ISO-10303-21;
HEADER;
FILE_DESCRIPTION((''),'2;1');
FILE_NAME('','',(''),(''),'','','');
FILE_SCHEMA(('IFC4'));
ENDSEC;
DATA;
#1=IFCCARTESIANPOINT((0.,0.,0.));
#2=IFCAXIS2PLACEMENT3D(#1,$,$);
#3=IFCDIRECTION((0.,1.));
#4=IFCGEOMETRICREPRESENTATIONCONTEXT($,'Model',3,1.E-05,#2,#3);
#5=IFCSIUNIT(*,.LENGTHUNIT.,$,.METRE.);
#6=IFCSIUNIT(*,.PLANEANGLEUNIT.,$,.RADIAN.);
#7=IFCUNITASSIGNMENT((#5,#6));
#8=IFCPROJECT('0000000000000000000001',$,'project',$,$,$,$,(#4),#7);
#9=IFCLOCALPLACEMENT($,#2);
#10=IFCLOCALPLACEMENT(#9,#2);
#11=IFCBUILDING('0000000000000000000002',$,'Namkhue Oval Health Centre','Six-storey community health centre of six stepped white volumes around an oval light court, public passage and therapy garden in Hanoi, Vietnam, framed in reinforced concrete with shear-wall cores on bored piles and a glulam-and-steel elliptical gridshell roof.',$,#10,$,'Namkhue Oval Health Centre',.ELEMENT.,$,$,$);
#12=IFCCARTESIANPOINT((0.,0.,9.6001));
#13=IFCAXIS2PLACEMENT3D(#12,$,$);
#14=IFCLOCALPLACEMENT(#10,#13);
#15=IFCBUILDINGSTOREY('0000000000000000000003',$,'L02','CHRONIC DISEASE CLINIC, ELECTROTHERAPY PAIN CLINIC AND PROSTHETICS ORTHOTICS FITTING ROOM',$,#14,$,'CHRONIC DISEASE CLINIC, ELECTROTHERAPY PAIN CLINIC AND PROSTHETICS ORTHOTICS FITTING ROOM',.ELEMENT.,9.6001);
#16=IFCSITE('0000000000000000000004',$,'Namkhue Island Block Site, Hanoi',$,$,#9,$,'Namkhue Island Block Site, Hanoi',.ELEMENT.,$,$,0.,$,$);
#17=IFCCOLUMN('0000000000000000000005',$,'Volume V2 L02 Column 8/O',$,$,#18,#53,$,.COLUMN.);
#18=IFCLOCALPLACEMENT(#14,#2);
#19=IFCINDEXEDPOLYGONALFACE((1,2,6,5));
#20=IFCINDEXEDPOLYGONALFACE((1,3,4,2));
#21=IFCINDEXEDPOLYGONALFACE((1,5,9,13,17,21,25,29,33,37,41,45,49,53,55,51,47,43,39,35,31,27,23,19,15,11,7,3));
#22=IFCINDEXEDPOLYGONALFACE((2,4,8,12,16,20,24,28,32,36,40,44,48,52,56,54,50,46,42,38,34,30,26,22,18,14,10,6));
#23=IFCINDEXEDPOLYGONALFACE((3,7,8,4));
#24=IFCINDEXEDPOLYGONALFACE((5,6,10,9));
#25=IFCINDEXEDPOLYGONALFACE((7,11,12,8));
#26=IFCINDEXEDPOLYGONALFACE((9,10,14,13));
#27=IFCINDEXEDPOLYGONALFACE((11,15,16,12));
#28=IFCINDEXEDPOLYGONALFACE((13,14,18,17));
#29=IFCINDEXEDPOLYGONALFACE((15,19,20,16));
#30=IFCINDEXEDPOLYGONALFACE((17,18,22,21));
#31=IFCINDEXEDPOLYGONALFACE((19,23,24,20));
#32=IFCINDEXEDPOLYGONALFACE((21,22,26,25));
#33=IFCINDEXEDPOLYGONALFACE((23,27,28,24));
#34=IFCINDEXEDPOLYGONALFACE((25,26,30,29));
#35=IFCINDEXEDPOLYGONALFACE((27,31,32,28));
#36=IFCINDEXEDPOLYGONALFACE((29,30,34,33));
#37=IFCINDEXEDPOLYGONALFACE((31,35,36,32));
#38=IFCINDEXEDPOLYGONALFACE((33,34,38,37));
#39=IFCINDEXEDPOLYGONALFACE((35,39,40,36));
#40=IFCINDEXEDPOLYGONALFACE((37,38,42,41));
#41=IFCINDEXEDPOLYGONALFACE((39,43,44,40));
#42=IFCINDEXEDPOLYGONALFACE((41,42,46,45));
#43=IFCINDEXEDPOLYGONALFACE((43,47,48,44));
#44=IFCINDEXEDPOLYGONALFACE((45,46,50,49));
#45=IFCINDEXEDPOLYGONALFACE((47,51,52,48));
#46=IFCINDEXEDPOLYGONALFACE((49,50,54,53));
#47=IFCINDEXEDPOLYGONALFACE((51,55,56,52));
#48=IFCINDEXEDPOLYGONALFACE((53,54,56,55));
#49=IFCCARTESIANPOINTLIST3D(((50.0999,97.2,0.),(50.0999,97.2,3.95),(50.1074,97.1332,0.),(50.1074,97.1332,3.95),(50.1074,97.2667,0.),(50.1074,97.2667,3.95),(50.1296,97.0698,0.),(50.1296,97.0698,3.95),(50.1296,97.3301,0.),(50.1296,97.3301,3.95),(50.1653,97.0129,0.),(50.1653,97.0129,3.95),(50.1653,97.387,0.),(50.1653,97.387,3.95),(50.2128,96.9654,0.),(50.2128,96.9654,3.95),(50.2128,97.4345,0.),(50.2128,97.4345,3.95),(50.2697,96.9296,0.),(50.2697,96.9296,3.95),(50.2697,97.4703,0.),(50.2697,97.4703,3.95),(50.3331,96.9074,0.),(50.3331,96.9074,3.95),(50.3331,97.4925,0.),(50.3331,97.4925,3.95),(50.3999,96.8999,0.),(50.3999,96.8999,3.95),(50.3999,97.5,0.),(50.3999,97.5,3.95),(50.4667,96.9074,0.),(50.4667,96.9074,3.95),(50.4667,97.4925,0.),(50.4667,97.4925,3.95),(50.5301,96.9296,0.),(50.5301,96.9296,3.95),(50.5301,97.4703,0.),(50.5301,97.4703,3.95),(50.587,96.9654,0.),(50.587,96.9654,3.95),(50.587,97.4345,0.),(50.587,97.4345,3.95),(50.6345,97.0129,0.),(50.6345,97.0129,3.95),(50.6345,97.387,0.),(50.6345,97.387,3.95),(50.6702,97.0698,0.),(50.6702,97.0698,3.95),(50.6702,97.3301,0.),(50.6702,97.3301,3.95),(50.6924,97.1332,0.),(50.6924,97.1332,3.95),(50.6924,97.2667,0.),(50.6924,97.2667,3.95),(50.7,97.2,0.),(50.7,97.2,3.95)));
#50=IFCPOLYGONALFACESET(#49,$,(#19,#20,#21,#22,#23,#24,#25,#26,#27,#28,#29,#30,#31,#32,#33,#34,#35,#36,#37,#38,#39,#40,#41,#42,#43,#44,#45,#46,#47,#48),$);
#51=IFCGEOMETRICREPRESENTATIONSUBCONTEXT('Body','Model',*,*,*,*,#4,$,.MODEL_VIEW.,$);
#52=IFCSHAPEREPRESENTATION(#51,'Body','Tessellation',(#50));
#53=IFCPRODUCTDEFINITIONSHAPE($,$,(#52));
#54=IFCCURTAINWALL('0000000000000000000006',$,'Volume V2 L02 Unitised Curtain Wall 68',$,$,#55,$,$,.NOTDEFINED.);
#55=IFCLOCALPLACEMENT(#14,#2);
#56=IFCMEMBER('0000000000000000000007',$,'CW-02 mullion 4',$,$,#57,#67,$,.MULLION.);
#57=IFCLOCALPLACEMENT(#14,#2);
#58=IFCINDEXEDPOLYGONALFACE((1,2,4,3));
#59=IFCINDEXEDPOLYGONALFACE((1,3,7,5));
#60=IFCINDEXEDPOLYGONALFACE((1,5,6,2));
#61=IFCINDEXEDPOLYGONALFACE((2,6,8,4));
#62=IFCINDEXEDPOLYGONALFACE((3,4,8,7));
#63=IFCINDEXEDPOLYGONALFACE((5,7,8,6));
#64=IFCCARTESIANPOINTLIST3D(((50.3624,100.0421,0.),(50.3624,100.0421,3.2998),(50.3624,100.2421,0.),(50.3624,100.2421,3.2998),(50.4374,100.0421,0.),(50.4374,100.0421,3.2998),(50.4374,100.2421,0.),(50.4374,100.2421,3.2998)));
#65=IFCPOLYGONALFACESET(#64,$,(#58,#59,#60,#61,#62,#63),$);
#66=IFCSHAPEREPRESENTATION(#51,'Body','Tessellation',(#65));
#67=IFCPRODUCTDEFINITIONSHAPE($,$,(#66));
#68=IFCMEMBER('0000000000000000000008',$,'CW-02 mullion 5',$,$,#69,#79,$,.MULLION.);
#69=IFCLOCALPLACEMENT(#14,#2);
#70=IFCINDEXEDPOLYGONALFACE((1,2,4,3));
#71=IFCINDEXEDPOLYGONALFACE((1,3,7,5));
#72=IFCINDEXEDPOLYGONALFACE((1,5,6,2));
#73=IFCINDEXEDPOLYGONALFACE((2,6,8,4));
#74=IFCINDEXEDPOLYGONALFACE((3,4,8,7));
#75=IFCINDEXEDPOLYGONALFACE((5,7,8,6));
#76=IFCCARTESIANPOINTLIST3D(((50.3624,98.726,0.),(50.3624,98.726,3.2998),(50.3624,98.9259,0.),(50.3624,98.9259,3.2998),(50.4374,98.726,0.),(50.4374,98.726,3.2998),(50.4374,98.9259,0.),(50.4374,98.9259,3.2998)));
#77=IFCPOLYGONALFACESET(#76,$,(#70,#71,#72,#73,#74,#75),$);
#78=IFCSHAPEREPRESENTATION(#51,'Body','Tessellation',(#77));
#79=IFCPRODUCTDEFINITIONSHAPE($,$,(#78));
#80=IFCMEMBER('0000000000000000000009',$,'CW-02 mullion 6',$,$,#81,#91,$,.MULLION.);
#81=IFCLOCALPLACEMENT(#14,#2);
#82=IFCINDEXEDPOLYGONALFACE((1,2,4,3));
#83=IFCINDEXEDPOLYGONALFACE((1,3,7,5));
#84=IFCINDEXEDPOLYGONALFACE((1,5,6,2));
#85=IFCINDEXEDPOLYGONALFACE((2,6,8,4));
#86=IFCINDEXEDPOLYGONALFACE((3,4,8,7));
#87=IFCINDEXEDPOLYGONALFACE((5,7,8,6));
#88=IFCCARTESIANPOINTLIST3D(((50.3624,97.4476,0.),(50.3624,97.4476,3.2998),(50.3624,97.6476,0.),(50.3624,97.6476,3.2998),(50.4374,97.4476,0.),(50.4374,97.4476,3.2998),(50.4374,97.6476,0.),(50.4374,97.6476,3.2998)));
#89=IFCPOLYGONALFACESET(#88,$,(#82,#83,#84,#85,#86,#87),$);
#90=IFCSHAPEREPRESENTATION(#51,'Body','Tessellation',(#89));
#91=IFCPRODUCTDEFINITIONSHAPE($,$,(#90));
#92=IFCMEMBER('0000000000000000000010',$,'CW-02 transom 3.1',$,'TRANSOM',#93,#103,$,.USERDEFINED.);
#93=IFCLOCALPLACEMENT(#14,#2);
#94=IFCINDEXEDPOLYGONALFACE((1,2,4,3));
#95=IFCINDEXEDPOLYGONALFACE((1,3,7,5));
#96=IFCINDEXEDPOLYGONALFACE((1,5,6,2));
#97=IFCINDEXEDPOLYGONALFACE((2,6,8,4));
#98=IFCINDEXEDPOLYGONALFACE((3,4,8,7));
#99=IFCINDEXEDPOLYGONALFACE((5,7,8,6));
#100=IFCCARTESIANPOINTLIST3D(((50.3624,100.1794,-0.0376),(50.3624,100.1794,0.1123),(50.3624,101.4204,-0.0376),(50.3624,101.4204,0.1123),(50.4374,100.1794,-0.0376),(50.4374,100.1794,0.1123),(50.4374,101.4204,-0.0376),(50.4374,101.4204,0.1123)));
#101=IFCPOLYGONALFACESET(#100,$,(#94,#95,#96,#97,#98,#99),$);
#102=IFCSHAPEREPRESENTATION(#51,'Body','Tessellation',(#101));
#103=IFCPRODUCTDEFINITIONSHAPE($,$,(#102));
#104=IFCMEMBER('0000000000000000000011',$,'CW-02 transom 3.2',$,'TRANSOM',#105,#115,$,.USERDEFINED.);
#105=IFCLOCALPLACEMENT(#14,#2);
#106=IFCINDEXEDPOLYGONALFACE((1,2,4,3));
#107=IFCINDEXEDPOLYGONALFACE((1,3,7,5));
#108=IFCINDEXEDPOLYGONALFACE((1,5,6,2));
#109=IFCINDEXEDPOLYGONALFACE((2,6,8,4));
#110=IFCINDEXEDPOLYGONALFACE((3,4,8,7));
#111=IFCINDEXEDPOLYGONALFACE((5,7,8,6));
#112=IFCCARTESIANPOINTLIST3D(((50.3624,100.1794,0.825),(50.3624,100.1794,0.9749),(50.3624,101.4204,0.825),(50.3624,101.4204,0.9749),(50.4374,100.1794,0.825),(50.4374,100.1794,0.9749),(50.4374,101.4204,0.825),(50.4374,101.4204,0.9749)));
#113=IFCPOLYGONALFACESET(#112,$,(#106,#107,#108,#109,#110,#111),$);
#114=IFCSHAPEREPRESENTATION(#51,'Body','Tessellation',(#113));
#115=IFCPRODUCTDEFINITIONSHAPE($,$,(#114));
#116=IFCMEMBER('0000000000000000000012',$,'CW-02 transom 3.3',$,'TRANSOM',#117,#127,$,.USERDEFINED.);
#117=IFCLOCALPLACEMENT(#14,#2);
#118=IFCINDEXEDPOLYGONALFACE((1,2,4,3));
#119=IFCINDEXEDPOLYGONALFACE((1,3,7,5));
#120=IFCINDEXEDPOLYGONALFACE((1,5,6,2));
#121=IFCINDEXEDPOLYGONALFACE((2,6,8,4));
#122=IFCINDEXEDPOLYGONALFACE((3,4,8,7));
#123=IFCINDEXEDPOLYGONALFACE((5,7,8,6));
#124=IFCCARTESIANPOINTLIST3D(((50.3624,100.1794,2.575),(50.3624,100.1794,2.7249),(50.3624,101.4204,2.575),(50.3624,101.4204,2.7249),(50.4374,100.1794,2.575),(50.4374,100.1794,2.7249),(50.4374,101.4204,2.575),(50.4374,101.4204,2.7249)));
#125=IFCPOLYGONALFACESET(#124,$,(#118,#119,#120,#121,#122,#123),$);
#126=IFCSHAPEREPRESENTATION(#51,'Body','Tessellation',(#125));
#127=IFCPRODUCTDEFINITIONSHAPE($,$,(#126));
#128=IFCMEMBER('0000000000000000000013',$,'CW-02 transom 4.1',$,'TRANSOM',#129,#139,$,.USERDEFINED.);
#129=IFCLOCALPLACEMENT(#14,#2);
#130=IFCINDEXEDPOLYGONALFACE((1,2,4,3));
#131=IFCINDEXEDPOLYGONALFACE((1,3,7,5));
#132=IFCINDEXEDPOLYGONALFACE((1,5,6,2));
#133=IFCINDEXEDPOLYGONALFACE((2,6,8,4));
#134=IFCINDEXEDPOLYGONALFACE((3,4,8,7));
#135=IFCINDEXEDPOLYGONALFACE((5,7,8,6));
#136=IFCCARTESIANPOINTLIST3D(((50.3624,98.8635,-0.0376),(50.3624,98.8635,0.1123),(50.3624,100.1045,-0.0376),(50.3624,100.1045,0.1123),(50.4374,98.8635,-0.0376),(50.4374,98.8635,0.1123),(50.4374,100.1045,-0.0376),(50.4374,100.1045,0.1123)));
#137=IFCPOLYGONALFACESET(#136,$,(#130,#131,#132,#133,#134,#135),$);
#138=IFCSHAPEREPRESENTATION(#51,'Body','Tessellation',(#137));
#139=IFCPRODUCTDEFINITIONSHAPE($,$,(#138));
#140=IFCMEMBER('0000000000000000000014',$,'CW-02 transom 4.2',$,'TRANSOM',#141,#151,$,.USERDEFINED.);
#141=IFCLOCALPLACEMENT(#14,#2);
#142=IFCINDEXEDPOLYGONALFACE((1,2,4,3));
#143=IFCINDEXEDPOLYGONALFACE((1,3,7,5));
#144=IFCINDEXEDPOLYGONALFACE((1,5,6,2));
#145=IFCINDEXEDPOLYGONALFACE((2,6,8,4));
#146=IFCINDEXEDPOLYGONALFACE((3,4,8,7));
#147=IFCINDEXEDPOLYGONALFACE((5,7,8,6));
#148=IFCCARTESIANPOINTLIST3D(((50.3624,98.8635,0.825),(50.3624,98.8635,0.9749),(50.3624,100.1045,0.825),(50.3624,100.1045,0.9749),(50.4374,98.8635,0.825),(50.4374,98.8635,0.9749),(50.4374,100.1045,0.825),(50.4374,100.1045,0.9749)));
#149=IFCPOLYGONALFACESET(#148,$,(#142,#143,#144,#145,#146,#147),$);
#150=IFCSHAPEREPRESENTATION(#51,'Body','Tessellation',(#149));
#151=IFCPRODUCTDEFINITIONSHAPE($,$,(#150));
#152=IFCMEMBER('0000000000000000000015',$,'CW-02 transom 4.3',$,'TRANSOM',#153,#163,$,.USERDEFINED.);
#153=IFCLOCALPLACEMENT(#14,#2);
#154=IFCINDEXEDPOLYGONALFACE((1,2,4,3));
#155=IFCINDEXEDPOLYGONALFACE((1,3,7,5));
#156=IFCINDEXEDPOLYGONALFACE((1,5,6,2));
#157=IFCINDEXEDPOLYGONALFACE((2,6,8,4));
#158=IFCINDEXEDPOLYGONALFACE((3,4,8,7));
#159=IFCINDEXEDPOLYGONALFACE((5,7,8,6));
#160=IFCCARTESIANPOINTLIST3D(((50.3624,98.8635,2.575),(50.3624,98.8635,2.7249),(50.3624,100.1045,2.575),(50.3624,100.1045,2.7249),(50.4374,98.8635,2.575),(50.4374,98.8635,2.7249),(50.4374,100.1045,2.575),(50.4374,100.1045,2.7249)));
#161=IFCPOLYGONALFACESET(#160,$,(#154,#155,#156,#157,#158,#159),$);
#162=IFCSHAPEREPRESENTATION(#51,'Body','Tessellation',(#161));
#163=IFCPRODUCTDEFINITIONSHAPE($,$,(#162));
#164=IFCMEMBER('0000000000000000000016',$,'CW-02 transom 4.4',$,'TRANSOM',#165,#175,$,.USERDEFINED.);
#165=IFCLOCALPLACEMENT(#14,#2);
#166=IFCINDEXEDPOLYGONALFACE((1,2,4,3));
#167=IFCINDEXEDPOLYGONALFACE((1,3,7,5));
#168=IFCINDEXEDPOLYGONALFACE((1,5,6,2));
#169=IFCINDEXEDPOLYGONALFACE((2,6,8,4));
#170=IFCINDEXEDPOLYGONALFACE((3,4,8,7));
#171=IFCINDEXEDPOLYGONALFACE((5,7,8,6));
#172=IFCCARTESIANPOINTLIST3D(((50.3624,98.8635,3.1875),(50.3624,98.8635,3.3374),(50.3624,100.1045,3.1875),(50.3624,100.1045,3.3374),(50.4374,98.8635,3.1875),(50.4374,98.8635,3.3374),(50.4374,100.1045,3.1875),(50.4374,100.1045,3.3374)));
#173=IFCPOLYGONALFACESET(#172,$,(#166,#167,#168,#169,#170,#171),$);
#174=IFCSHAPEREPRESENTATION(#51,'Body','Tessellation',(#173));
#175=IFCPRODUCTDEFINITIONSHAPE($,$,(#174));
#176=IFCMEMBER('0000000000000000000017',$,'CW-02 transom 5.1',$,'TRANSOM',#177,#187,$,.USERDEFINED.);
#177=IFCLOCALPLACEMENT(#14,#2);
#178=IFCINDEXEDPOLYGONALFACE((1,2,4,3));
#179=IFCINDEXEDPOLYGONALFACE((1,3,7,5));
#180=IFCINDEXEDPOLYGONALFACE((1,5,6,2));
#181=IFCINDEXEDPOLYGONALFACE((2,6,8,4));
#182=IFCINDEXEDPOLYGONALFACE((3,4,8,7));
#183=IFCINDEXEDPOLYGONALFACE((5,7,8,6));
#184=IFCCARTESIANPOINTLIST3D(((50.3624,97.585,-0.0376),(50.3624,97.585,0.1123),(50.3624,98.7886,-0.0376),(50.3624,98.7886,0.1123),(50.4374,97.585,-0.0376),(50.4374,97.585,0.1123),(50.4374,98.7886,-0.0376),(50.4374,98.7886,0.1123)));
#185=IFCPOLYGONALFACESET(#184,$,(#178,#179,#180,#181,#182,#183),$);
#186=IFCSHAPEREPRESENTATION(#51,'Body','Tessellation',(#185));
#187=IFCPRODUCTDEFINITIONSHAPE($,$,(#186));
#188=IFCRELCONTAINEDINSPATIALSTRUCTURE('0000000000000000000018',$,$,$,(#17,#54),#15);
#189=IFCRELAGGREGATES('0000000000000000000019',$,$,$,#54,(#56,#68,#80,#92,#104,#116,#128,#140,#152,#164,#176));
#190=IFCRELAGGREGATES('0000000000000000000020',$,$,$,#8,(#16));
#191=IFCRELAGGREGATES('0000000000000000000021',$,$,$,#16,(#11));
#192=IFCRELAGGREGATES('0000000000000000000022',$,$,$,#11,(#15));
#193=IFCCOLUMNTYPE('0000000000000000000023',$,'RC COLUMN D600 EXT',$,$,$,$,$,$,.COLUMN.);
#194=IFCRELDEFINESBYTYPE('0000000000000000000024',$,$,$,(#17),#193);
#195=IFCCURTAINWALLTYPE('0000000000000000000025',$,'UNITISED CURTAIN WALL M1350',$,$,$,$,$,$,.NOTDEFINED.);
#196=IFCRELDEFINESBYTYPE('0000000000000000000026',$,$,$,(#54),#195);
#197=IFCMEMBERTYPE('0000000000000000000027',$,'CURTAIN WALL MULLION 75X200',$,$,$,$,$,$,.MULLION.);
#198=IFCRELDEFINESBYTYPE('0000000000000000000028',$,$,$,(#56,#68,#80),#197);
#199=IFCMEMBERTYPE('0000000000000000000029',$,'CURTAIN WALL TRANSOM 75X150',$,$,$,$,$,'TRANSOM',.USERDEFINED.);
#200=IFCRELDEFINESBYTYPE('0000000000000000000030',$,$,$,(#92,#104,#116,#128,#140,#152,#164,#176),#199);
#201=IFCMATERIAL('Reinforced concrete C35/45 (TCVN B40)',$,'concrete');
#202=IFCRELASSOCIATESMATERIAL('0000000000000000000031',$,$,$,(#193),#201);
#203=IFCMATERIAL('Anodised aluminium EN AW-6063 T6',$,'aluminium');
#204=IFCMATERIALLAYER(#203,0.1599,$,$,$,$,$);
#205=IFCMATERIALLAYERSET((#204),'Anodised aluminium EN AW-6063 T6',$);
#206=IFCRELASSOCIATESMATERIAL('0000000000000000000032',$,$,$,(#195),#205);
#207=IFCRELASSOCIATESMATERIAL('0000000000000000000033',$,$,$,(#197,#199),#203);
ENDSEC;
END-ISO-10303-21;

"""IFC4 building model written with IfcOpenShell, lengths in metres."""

from ifc_helpers import new_model, si_unit, direction, frame, origin, origin_2d, place, context, subcontext, project, spatial, rectangle, circle, extrude, material, layer, layer_set, material_profile, profile_set, type_object, element, aggregate, save


model = new_model("IFC4")

# Units and contexts
model_context = context("Model", 3, precision=1e-05, world=origin(), true_north=direction((0.0, 1.0)))
body_context = subcontext(model_context, "Body", "Model", "MODEL_VIEW")
ifc_project = project(units=[si_unit("LENGTHUNIT", "METRE"), si_unit("PLANEANGLEUNIT", "RADIAN")], contexts=[model_context])

# Site, building, storey
site_placement = place(None, origin())
site = spatial("IfcSite", under=ifc_project, at=site_placement, Name="Namkhue Island Block Site, Hanoi", LongName="Namkhue Island Block Site, Hanoi", CompositionType="ELEMENT", RefElevation=0.0)
building_placement = place(site_placement, origin())
building = spatial("IfcBuilding", under=site, at=building_placement, Name="Namkhue Oval Health Centre", Description="Six-storey community health centre of six stepped white volumes around an oval light court, public passage and therapy garden in Hanoi, Vietnam, framed in reinforced concrete with shear-wall cores on bored piles and a glulam-and-steel elliptical gridshell roof.", LongName="Namkhue Oval Health Centre", CompositionType="ELEMENT")
storey_placement = place(building_placement, frame((0.0, 0.0, 9.6001)))
storey = spatial("IfcBuildingStorey", under=building, at=storey_placement, Name="L02", Description="CHRONIC DISEASE CLINIC, ELECTROTHERAPY PAIN CLINIC AND PROSTHETICS ORTHOTICS FITTING ROOM", LongName="CHRONIC DISEASE CLINIC, ELECTROTHERAPY PAIN CLINIC AND PROSTHETICS ORTHOTICS FITTING ROOM", CompositionType="ELEMENT", Elevation=9.6001)

# Column
ifc_material_1 = material(Name="Reinforced concrete C35/45 (TCVN B40)", Category="concrete")
ifc_material_profile_1 = material_profile(ifc_material_1, circle(Radius=0.3, at=origin_2d()), Name="RC D600")
ifc_profile_set_1 = profile_set([ifc_material_profile_1], Name="Reinforced concrete C35/45 (TCVN B40)")
column_type = type_object("IfcColumnType", Name="RC COLUMN D600 EXT", PredefinedType="COLUMN", material=ifc_profile_set_1)
column_placement = place(storey_placement, frame((50.3999, 97.2, 0.0), z_axis=(0.0, 0.0, 1.0), x_axis=(1.0, 0.0, 0.0)))
element("IfcColumn", 1, at=column_placement, inside=storey, type_object=column_type, Name="Volume V2 L02 Column 8/O", PredefinedType="COLUMN", context=body_context, shape_type="SweptSolid", body=[
    extrude(circle(Radius=0.3, at=origin_2d()), origin(), (0.0, 0.0, 1.0), 3.95),
])

# Curtain wall, members
ifc_material_2 = material(Name="Anodised aluminium EN AW-6063 T6", Category="aluminium")
ifc_layer_1 = layer(ifc_material_2, 0.1599)
ifc_layer_set_1 = layer_set([ifc_layer_1], Name="Anodised aluminium EN AW-6063 T6")
curtain_wall_type = type_object("IfcCurtainWallType", Name="UNITISED CURTAIN WALL M1350", PredefinedType="NOTDEFINED", material=ifc_layer_set_1)
curtain_wall_placement = place(storey_placement, origin())
curtain_wall = element("IfcCurtainWall", 2, at=curtain_wall_placement, inside=storey, type_object=curtain_wall_type, Name="Volume V2 L02 Unitised Curtain Wall 68", PredefinedType="NOTDEFINED")
ifc_material_profile_2 = material_profile(ifc_material_2, rectangle(XDim=0.075, YDim=0.2, at=origin_2d()), Name="ALU 75x200")
ifc_profile_set_2 = profile_set([ifc_material_profile_2], Name="Anodised aluminium EN AW-6063 T6")
member_type_1 = type_object("IfcMemberType", Name="CURTAIN WALL MULLION 75X200", PredefinedType="MULLION", material=ifc_profile_set_2)
member_1_placement = place(storey_placement, frame((50.3999, 100.1421, 0.0), z_axis=(0.0, 0.0, 1.0), x_axis=(1.0, 0.0, 0.0)))
member_1 = element("IfcMember", 3, at=member_1_placement, type_object=member_type_1, Name="CW-02 mullion 4", PredefinedType="MULLION", context=body_context, shape_type="SweptSolid", body=[
    extrude(rectangle(XDim=0.075, YDim=0.2, at=origin_2d()), origin(), (0.0, 0.0, 1.0), 3.2998),
])
member_2_placement = place(storey_placement, frame((50.3999, 98.8259, 0.0), z_axis=(0.0, 0.0, 1.0), x_axis=(1.0, 0.0, 0.0)))
member_2 = element("IfcMember", 4, at=member_2_placement, type_object=member_type_1, Name="CW-02 mullion 5", PredefinedType="MULLION", context=body_context, shape_type="SweptSolid", body=[
    extrude(rectangle(XDim=0.075, YDim=0.2, at=origin_2d()), origin(), (0.0, 0.0, 1.0), 3.2998),
])
member_3_placement = place(storey_placement, frame((50.3999, 97.5476, 0.0), z_axis=(0.0, 0.0, 1.0), x_axis=(1.0, 0.0, 0.0)))
member_3 = element("IfcMember", 5, at=member_3_placement, type_object=member_type_1, Name="CW-02 mullion 6", PredefinedType="MULLION", context=body_context, shape_type="SweptSolid", body=[
    extrude(rectangle(XDim=0.075, YDim=0.2, at=origin_2d()), origin(), (0.0, 0.0, 1.0), 3.2998),
])
ifc_material_profile_3 = material_profile(ifc_material_2, rectangle(XDim=0.075, YDim=0.1499, at=origin_2d()), Name="ALU 75x150")
ifc_profile_set_3 = profile_set([ifc_material_profile_3], Name="Anodised aluminium EN AW-6063 T6")
member_type_2 = type_object("IfcMemberType", Name="CURTAIN WALL TRANSOM 75X150", ElementType="TRANSOM", PredefinedType="USERDEFINED", material=ifc_profile_set_3)
member_4_placement = place(storey_placement, frame((50.3999, 101.4204, 0.0374), z_axis=(0.0, -1.0, 0.0), x_axis=(1.0, 0.0, 0.0)))
member_4 = element("IfcMember", 6, at=member_4_placement, type_object=member_type_2, Name="CW-02 transom 3.1", ObjectType="TRANSOM", PredefinedType="USERDEFINED", context=body_context, shape_type="SweptSolid", body=[
    extrude(rectangle(XDim=0.075, YDim=0.1499, at=origin_2d()), origin(), (0.0, 0.0, 1.0), 1.241),
])
member_5_placement = place(storey_placement, frame((50.3999, 101.4204, 0.8999), z_axis=(0.0, -1.0, 0.0), x_axis=(1.0, 0.0, 0.0)))
member_5 = element("IfcMember", 7, at=member_5_placement, type_object=member_type_2, Name="CW-02 transom 3.2", ObjectType="TRANSOM", PredefinedType="USERDEFINED", context=body_context, shape_type="SweptSolid", body=[
    extrude(rectangle(XDim=0.075, YDim=0.1499, at=origin_2d()), origin(), (0.0, 0.0, 1.0), 1.241),
])
member_6_placement = place(storey_placement, frame((50.3999, 101.4204, 2.6499), z_axis=(0.0, -1.0, 0.0), x_axis=(1.0, 0.0, 0.0)))
member_6 = element("IfcMember", 8, at=member_6_placement, type_object=member_type_2, Name="CW-02 transom 3.3", ObjectType="TRANSOM", PredefinedType="USERDEFINED", context=body_context, shape_type="SweptSolid", body=[
    extrude(rectangle(XDim=0.075, YDim=0.1499, at=origin_2d()), origin(), (0.0, 0.0, 1.0), 1.241),
])
member_7_placement = place(storey_placement, frame((50.3999, 100.1045, 0.0374), z_axis=(0.0, -1.0, 0.0), x_axis=(1.0, 0.0, 0.0)))
member_7 = element("IfcMember", 9, at=member_7_placement, type_object=member_type_2, Name="CW-02 transom 4.1", ObjectType="TRANSOM", PredefinedType="USERDEFINED", context=body_context, shape_type="SweptSolid", body=[
    extrude(rectangle(XDim=0.075, YDim=0.1499, at=origin_2d()), origin(), (0.0, 0.0, 1.0), 1.241),
])
member_8_placement = place(storey_placement, frame((50.3999, 100.1045, 0.8999), z_axis=(0.0, -1.0, 0.0), x_axis=(1.0, 0.0, 0.0)))
member_8 = element("IfcMember", 10, at=member_8_placement, type_object=member_type_2, Name="CW-02 transom 4.2", ObjectType="TRANSOM", PredefinedType="USERDEFINED", context=body_context, shape_type="SweptSolid", body=[
    extrude(rectangle(XDim=0.075, YDim=0.1499, at=origin_2d()), origin(), (0.0, 0.0, 1.0), 1.241),
])
member_9_placement = place(storey_placement, frame((50.3999, 100.1045, 2.6499), z_axis=(0.0, -1.0, 0.0), x_axis=(1.0, 0.0, 0.0)))
member_9 = element("IfcMember", 11, at=member_9_placement, type_object=member_type_2, Name="CW-02 transom 4.3", ObjectType="TRANSOM", PredefinedType="USERDEFINED", context=body_context, shape_type="SweptSolid", body=[
    extrude(rectangle(XDim=0.075, YDim=0.1499, at=origin_2d()), origin(), (0.0, 0.0, 1.0), 1.241),
])
member_10_placement = place(storey_placement, frame((50.3999, 100.1045, 3.2625), z_axis=(0.0, -1.0, 0.0), x_axis=(1.0, 0.0, 0.0)))
member_10 = element("IfcMember", 12, at=member_10_placement, type_object=member_type_2, Name="CW-02 transom 4.4", ObjectType="TRANSOM", PredefinedType="USERDEFINED", context=body_context, shape_type="SweptSolid", body=[
    extrude(rectangle(XDim=0.075, YDim=0.1499, at=origin_2d()), origin(), (0.0, 0.0, 1.0), 1.241),
])
member_11_placement = place(storey_placement, frame((50.3999, 98.7886, 0.0374), z_axis=(0.0, -1.0, 0.0), x_axis=(1.0, 0.0, 0.0)))
member_11 = element("IfcMember", 13, at=member_11_placement, type_object=member_type_2, Name="CW-02 transom 5.1", ObjectType="TRANSOM", PredefinedType="USERDEFINED", context=body_context, shape_type="SweptSolid", body=[
    extrude(rectangle(XDim=0.075, YDim=0.1499, at=origin_2d()), origin(), (0.0, 0.0, 1.0), 1.2036),
])

aggregate(curtain_wall, [member_1, member_2, member_3, member_4, member_5, member_6, member_7, member_8, member_9, member_10, member_11])

save(model, "model.ifc")
